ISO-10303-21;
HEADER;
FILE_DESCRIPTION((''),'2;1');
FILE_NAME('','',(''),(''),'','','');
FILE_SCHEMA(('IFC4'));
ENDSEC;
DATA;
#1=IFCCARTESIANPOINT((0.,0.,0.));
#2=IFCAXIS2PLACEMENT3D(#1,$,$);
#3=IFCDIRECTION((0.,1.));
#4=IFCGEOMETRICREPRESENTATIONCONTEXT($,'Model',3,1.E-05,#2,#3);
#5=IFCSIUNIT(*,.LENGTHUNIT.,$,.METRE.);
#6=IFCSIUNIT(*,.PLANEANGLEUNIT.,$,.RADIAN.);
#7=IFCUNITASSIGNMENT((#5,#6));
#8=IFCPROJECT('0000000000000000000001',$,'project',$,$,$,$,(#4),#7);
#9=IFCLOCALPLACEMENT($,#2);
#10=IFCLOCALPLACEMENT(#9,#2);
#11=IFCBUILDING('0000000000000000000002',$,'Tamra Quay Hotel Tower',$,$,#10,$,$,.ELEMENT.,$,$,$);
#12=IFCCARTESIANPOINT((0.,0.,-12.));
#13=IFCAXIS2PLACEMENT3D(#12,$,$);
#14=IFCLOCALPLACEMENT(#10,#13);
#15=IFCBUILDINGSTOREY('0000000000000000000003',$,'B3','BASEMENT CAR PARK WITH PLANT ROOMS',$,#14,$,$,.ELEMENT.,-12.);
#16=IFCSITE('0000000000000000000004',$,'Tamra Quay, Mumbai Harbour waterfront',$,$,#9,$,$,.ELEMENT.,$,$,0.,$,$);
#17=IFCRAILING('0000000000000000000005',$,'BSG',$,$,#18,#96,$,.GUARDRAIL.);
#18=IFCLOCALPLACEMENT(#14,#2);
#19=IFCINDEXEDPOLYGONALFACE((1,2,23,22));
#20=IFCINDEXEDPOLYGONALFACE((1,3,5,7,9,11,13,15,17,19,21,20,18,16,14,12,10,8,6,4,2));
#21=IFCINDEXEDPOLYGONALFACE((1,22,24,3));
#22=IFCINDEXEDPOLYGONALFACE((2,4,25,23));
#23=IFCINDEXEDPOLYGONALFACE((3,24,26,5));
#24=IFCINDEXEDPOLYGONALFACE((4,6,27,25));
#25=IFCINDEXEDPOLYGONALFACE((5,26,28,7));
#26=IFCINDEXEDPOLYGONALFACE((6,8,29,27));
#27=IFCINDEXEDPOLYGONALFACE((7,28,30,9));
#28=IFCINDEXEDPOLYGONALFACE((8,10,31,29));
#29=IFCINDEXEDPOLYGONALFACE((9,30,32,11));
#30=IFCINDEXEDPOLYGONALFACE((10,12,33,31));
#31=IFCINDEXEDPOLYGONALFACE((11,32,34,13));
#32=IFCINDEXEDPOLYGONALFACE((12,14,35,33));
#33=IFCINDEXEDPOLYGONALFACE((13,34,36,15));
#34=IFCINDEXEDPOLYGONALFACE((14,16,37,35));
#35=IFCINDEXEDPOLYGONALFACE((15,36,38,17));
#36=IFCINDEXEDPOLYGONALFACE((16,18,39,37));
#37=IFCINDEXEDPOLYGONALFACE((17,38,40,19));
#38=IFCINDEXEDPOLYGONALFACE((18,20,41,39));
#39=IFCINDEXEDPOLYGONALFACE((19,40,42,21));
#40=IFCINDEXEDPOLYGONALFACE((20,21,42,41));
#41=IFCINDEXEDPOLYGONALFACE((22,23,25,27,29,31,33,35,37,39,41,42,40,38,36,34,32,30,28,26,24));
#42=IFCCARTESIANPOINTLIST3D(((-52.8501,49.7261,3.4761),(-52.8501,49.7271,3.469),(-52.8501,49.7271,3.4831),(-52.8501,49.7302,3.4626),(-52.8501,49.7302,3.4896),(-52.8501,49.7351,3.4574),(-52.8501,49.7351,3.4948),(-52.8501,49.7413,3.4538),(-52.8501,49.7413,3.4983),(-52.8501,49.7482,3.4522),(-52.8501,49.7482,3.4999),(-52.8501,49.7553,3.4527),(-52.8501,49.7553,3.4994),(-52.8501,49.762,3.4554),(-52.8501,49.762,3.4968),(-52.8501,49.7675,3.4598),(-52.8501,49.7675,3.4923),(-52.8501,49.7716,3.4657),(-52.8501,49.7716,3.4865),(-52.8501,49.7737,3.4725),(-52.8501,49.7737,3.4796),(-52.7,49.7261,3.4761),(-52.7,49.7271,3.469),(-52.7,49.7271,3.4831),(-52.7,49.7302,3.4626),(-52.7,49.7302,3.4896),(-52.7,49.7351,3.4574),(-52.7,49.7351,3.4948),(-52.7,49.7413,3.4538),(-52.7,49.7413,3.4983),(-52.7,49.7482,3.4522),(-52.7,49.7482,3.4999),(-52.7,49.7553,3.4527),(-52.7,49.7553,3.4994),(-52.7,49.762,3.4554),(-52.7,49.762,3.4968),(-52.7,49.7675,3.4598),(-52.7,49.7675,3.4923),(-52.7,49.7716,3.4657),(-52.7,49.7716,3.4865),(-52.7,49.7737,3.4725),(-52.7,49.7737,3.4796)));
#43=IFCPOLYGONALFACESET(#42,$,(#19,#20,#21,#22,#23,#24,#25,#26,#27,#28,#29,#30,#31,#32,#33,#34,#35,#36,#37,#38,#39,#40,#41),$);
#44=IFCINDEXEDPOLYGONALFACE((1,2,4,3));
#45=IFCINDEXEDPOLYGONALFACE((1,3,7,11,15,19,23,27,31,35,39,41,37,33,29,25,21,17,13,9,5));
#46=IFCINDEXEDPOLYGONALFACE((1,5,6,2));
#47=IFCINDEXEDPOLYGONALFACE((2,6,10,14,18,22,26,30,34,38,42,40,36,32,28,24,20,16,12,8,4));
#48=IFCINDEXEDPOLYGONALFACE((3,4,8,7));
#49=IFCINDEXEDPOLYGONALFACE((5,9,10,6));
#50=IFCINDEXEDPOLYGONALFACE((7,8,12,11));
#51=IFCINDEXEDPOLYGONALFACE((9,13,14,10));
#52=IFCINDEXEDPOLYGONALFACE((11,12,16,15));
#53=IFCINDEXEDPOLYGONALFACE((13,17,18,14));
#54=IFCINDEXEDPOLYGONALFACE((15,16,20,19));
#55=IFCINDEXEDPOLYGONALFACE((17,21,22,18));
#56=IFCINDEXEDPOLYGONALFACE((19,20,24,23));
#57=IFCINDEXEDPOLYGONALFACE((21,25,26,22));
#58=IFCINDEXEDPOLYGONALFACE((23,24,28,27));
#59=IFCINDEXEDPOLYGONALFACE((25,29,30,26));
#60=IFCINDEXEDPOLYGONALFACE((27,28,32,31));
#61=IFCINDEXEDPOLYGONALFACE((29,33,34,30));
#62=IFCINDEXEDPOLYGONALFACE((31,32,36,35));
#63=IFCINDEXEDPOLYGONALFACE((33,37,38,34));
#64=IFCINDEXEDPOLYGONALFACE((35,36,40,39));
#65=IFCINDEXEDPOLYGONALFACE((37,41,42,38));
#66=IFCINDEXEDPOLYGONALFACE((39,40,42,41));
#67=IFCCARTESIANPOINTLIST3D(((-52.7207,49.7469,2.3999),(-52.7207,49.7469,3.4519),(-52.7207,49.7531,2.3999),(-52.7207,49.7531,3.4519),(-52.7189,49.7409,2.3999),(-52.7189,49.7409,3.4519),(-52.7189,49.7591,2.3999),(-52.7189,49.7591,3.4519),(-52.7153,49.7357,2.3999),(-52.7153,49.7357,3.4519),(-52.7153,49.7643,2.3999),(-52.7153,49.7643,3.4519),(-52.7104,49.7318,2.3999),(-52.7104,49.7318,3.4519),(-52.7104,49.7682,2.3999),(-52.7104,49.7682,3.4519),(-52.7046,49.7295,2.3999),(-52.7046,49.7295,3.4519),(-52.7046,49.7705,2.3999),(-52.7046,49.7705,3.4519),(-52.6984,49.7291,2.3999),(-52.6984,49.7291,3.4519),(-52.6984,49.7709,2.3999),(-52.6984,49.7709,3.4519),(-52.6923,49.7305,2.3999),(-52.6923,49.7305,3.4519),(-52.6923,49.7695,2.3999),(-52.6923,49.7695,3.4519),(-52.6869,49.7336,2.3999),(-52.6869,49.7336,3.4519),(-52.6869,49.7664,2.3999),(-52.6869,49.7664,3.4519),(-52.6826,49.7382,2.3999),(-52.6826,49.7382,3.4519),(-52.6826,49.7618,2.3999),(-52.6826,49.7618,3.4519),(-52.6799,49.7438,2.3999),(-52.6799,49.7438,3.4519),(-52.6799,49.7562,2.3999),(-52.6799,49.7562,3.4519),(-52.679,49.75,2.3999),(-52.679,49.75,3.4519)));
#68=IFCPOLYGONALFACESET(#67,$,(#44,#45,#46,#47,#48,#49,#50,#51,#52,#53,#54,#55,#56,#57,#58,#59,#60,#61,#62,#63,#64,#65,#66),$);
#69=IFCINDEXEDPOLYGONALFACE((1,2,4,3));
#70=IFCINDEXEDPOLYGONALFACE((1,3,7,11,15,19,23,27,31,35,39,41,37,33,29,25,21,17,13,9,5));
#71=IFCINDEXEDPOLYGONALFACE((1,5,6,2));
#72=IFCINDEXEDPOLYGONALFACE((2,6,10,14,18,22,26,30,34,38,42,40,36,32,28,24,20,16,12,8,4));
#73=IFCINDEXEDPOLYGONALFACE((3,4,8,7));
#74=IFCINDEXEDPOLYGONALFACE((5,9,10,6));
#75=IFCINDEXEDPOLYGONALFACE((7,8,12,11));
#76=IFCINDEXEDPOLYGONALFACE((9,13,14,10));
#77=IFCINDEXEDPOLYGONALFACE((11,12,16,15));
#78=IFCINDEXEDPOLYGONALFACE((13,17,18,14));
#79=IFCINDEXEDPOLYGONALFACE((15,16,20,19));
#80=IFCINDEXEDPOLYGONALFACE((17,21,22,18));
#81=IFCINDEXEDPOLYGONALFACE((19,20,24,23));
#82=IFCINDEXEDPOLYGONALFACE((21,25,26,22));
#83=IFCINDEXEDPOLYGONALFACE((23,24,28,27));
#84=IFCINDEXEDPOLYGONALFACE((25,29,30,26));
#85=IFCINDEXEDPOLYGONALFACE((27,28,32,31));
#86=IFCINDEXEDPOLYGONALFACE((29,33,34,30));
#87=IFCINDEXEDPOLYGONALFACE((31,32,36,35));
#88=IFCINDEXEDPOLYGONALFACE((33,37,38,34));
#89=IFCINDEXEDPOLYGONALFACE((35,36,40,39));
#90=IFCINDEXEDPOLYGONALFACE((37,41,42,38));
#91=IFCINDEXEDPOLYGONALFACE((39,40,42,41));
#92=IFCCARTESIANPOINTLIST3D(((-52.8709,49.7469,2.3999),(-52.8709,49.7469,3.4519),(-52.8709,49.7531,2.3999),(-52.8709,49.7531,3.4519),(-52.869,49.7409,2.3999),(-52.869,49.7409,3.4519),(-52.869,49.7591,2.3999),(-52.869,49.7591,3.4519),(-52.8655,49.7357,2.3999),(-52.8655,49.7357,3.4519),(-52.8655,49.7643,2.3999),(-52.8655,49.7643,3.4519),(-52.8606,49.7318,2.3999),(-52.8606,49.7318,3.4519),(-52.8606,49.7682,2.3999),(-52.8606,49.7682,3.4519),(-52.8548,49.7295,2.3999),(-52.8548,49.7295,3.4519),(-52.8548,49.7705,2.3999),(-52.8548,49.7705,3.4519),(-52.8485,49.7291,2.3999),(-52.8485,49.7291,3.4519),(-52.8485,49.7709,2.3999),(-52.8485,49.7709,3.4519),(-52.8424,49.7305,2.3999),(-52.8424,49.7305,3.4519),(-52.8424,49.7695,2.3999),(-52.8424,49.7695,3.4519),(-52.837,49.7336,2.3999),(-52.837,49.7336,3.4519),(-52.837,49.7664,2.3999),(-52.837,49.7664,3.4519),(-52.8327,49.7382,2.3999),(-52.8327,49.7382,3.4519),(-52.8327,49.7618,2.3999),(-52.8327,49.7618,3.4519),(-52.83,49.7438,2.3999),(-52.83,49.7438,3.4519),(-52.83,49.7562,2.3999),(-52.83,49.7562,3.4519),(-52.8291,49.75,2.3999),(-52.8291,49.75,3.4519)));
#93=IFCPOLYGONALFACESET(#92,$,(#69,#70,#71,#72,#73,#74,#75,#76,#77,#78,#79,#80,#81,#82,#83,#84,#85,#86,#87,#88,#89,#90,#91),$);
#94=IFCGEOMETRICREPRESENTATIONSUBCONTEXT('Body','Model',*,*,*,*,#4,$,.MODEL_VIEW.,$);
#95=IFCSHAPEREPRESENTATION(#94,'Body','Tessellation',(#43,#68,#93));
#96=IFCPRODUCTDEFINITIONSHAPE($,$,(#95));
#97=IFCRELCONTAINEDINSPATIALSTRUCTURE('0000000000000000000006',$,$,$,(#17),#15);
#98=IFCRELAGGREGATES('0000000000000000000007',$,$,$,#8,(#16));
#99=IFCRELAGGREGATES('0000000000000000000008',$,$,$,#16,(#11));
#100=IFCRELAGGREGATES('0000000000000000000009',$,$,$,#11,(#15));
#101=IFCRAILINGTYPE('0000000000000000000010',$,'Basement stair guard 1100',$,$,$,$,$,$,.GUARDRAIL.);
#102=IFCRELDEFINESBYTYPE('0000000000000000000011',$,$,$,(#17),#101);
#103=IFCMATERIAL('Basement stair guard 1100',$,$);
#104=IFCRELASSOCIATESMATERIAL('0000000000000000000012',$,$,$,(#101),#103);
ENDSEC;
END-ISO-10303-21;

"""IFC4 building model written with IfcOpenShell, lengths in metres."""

from ifc_helpers import new_model, si_unit, direction, frame, origin, origin_2d, place, context, subcontext, project, spatial, circle, extrude, material, type_object, element, save


model = new_model("IFC4")

# Units and contexts
model_context = context("Model", 3, precision=1e-05, world=origin(), true_north=direction((0.0, 1.0)))
body_context = subcontext(model_context, "Body", "Model", "MODEL_VIEW")
ifc_project = project(units=[si_unit("LENGTHUNIT", "METRE"), si_unit("PLANEANGLEUNIT", "RADIAN")], contexts=[model_context])

# Site, building, storey
site_placement = place(None, origin())
site = spatial("IfcSite", under=ifc_project, at=site_placement, Name="Tamra Quay, Mumbai Harbour waterfront", CompositionType="ELEMENT", RefElevation=0.0)
building_placement = place(site_placement, origin())
building = spatial("IfcBuilding", under=site, at=building_placement, Name="Tamra Quay Hotel Tower", CompositionType="ELEMENT")
storey_placement = place(building_placement, frame((0.0, 0.0, -12.0)))
storey = spatial("IfcBuildingStorey", under=building, at=storey_placement, Name="B3", Description="BASEMENT CAR PARK WITH PLANT ROOMS", CompositionType="ELEMENT", Elevation=-12.0)

# Railing
ifc_material_1 = material(Name="Basement stair guard 1100")
railing_type_1 = type_object("IfcRailingType", Name="Basement stair guard 1100", PredefinedType="GUARDRAIL", material=ifc_material_1)
railing_1_placement = place(storey_placement, frame((-52.7, 49.75, 2.3999)))
element("IfcRailing", 1, at=railing_1_placement, inside=storey, type_object=railing_type_1, Name="BSG", PredefinedType="GUARDRAIL", context=body_context, shape_type="SweptSolid", body=[
    extrude(circle(Radius=0.0239, at=origin_2d()), frame((0.0, 0.0, 1.0762), z_axis=(-1.0, 0.0, 0.0), x_axis=(0.0, -1.0, 0.0)), (0.0, 0.0, 1.0), 0.1501),
    extrude(circle(Radius=0.021, at=origin_2d()), origin(), (0.0, 0.0, 1.0), 1.052),
    extrude(circle(Radius=0.021, at=origin_2d()), frame((-0.1501, 0.0, 0.0)), (0.0, 0.0, 1.0), 1.052),
])

save(model, "model.ifc")
